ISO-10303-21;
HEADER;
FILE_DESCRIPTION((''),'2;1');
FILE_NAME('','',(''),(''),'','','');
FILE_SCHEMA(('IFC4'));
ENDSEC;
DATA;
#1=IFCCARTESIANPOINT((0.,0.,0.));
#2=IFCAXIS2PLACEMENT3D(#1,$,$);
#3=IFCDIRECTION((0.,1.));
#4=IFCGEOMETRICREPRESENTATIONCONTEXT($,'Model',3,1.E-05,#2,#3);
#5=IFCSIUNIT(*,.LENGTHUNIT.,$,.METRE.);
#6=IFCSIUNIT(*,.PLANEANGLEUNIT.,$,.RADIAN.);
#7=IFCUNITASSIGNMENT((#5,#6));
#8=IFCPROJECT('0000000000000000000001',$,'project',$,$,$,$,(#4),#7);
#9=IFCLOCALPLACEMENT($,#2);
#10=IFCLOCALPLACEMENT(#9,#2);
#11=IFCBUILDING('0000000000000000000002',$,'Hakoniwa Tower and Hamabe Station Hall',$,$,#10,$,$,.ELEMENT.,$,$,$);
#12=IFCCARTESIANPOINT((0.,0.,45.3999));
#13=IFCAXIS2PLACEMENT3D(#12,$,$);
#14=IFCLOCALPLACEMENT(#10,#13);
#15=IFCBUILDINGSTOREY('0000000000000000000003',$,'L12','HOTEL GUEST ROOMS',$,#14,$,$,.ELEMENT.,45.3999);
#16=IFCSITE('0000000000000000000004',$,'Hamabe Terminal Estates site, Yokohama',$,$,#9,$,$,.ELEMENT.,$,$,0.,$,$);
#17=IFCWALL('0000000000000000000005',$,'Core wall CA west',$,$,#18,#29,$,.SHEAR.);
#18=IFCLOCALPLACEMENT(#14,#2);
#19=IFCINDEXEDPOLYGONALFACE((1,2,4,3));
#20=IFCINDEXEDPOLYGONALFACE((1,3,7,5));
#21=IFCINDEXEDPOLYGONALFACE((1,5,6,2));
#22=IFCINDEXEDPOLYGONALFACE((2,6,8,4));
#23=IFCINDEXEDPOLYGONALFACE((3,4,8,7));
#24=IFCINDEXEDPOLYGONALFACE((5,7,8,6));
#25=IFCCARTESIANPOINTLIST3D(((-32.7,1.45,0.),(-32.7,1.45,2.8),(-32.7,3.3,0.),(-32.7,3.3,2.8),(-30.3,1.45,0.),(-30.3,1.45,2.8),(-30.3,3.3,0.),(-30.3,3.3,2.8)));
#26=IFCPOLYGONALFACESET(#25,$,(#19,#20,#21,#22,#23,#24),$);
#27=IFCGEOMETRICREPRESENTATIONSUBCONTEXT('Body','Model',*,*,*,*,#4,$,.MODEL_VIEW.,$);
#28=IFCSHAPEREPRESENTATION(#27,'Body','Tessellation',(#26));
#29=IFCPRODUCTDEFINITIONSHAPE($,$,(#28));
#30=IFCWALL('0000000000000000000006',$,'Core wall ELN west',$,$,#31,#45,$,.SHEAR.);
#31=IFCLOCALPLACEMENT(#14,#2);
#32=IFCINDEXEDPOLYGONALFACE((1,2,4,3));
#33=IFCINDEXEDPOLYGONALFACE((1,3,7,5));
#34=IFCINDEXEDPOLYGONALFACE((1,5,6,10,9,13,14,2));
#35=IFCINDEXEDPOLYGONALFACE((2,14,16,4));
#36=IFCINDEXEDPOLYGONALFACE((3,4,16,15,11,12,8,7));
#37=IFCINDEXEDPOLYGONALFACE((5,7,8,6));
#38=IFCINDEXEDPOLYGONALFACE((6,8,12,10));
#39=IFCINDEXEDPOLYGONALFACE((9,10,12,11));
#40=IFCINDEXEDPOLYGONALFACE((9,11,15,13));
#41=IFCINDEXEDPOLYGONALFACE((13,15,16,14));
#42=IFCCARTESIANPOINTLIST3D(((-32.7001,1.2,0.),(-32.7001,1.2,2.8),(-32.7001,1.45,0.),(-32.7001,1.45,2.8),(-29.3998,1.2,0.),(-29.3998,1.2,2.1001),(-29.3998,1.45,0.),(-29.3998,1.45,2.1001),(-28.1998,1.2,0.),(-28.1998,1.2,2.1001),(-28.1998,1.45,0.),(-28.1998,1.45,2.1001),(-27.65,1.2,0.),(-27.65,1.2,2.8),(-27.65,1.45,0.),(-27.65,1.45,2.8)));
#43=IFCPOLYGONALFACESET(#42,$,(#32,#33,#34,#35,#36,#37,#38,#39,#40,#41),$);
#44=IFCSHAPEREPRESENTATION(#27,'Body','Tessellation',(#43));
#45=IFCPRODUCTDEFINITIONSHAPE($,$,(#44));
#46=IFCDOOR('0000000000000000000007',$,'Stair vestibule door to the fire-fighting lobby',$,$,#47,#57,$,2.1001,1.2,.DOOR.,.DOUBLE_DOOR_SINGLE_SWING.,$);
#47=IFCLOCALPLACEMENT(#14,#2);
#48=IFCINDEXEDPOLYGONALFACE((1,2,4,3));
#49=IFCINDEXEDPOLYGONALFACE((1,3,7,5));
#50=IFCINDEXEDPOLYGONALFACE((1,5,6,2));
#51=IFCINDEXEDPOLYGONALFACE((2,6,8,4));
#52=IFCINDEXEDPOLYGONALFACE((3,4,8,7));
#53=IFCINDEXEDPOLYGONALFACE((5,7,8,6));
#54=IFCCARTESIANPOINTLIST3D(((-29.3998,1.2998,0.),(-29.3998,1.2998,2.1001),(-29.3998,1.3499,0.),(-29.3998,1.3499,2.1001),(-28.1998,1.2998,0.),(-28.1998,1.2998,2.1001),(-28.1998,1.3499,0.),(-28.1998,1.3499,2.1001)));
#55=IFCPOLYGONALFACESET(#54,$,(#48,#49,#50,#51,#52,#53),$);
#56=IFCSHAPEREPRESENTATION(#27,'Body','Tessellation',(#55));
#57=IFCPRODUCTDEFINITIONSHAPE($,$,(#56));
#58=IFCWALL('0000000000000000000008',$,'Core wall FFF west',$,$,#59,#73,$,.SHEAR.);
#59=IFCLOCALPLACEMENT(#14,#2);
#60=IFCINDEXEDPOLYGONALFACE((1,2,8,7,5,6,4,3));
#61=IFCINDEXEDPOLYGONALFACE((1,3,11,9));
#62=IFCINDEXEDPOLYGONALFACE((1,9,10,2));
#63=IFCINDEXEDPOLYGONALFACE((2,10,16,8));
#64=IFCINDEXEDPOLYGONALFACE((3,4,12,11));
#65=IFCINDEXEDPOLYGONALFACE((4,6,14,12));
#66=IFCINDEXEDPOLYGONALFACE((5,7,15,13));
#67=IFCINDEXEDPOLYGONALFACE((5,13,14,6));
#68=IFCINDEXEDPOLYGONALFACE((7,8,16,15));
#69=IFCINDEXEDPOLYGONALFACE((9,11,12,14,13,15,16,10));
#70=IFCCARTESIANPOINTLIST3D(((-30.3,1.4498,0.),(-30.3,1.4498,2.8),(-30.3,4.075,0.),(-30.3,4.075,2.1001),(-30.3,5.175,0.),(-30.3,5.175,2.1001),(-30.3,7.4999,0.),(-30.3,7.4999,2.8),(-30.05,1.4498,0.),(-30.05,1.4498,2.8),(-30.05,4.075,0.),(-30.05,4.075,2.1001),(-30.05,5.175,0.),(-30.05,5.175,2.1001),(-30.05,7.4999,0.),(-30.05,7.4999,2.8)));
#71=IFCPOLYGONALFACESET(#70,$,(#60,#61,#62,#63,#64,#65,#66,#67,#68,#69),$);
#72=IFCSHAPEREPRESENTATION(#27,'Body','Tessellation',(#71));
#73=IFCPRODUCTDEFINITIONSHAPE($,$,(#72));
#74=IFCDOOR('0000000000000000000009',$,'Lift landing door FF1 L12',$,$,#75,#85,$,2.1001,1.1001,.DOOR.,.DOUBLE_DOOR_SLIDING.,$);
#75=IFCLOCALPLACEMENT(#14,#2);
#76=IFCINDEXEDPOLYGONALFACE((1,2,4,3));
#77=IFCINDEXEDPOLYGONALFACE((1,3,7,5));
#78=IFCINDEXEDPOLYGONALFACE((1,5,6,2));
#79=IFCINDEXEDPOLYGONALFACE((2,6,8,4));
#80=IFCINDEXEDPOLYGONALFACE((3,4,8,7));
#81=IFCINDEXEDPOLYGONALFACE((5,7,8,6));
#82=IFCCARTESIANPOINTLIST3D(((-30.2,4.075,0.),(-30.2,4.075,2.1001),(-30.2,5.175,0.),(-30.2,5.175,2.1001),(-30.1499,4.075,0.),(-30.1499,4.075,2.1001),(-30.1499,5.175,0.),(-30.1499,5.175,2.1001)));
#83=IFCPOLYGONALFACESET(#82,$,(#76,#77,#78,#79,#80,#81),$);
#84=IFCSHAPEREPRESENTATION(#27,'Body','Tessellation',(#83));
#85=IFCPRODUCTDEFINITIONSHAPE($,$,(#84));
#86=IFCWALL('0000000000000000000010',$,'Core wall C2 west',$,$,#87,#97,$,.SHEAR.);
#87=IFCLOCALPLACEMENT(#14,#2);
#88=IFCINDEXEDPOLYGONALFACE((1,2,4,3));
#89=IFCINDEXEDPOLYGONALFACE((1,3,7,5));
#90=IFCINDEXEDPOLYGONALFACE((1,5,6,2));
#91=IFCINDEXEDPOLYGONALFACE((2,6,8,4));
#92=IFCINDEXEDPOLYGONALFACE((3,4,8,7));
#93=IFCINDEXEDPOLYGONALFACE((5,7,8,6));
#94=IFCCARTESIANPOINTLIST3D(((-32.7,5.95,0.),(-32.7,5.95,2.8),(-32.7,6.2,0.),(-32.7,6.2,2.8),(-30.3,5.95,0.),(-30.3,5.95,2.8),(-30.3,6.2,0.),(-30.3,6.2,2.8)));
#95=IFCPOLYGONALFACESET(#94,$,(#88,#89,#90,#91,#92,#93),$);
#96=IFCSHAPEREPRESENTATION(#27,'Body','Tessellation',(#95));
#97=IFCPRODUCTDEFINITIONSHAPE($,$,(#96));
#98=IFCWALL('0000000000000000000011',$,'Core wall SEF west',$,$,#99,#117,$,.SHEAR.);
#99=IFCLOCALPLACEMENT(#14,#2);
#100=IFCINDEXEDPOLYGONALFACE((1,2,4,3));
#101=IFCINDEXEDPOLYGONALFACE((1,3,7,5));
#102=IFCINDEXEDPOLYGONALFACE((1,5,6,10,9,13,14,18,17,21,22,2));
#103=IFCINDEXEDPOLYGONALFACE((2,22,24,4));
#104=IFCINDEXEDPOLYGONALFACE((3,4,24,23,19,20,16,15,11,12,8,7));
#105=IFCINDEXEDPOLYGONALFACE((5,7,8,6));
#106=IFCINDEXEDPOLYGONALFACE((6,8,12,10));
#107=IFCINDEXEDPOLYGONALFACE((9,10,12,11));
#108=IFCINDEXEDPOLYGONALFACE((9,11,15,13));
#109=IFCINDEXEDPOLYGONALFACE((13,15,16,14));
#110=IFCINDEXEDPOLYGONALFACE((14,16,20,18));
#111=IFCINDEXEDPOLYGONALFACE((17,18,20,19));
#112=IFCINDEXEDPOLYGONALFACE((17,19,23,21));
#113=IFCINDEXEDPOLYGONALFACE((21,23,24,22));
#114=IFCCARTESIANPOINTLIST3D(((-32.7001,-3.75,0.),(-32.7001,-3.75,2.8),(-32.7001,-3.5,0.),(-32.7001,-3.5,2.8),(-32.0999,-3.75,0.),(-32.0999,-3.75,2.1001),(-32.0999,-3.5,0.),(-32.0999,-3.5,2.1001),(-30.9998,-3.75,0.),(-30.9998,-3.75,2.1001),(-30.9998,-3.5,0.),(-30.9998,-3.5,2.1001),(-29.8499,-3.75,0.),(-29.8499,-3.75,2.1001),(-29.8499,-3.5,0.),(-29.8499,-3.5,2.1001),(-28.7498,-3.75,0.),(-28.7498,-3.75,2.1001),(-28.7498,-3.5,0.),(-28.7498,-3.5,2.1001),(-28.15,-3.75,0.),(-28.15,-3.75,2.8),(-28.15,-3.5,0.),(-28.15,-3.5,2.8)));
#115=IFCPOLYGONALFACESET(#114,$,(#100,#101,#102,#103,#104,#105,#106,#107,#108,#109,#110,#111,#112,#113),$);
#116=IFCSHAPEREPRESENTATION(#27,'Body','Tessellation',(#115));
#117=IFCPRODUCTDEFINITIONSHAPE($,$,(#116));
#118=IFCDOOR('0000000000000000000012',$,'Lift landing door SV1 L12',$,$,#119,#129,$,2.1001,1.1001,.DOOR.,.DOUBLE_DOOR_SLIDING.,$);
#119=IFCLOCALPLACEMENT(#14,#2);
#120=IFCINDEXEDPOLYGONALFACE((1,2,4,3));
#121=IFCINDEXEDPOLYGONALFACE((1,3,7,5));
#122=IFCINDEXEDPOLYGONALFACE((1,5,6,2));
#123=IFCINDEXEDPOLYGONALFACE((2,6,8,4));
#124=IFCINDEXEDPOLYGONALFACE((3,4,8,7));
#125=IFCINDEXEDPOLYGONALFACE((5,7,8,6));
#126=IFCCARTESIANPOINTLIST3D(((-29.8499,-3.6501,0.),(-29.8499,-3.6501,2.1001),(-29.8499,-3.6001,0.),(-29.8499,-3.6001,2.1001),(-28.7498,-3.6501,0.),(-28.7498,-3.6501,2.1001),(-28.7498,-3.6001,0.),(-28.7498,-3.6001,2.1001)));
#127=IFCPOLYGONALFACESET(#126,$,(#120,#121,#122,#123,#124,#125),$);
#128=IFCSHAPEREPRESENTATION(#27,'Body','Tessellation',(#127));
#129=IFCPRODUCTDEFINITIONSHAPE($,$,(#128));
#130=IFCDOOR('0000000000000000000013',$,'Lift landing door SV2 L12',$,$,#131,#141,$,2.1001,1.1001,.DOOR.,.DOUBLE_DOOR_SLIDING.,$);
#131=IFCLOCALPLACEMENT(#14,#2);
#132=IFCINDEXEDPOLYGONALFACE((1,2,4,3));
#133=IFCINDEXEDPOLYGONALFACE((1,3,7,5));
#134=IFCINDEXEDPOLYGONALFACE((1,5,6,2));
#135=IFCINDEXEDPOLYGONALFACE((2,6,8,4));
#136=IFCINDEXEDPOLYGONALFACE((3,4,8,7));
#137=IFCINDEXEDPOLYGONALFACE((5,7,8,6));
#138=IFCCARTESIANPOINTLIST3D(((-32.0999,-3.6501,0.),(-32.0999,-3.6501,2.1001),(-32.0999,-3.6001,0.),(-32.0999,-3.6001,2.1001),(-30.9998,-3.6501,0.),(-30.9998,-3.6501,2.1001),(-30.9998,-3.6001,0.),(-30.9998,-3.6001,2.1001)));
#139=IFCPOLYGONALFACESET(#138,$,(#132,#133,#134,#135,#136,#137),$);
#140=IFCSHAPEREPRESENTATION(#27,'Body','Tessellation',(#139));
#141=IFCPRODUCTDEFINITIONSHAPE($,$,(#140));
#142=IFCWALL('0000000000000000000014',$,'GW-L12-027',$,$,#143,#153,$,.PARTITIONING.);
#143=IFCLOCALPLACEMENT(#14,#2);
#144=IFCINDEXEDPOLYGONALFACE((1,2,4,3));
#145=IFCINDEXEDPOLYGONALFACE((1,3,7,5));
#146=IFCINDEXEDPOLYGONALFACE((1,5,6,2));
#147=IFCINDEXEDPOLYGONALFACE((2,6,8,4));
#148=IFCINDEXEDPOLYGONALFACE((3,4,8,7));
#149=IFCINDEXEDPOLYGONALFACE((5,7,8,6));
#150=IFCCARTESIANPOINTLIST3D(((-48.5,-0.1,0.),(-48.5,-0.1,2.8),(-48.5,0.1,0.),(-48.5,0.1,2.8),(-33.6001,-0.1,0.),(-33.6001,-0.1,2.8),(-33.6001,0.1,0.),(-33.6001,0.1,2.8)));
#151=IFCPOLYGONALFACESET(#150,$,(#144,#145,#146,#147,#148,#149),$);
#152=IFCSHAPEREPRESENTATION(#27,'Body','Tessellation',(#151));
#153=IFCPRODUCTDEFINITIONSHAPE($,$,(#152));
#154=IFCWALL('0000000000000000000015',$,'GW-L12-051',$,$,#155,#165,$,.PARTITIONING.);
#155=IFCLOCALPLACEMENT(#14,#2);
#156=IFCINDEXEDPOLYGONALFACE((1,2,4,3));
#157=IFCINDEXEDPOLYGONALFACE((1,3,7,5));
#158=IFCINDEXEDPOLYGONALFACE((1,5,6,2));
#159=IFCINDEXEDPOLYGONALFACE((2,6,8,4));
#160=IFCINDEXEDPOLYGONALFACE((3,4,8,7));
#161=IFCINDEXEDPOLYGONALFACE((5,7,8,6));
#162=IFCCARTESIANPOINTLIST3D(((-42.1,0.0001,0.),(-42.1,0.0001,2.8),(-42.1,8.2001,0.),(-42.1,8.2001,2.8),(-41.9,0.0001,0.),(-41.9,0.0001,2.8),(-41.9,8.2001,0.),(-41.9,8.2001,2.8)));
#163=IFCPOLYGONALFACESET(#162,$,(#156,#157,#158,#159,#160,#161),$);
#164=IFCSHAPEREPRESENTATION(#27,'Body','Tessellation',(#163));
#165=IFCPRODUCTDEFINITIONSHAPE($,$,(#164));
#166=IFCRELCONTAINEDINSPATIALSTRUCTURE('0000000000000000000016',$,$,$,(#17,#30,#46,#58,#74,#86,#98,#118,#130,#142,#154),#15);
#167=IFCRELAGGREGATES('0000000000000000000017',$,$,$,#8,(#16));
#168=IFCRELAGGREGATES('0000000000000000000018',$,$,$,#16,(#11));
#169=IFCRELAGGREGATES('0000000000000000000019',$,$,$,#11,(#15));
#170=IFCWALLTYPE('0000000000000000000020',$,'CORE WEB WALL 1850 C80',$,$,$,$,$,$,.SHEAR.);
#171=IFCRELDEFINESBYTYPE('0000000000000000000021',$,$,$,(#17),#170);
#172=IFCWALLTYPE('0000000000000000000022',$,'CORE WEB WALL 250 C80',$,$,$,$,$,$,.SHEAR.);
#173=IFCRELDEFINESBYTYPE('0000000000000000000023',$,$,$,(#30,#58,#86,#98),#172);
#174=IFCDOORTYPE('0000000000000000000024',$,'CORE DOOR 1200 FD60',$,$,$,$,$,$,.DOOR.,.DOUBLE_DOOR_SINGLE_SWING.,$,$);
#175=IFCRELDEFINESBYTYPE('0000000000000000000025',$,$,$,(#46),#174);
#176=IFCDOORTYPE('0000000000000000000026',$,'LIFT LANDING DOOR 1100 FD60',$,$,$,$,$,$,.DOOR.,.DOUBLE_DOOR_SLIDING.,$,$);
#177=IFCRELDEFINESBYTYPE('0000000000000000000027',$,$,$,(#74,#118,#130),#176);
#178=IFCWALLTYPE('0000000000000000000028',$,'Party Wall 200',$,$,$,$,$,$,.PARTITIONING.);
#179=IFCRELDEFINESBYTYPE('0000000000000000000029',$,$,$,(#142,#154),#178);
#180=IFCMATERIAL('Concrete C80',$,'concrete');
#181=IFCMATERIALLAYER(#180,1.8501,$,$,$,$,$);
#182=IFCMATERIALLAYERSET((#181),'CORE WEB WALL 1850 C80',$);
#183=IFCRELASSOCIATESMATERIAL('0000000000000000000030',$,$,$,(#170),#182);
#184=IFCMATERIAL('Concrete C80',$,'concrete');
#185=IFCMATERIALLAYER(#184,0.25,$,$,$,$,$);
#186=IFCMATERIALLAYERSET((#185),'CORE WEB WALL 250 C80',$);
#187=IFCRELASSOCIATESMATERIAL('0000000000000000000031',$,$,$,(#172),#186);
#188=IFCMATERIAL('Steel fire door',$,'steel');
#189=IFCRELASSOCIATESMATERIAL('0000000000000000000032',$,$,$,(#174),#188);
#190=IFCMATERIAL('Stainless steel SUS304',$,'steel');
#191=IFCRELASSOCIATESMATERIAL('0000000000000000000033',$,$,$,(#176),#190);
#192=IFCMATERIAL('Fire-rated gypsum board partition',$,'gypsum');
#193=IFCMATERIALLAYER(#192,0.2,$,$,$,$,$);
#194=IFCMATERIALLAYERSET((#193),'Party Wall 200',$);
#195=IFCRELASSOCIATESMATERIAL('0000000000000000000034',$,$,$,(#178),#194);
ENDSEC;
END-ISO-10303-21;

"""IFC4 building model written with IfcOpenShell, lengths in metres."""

from ifc_helpers import new_model, si_unit, direction, frame, frame_2d, origin, place, context, subcontext, project, spatial, rectangle, extrude, material, layer, layer_set, type_object, element, fill, save


model = new_model("IFC4")

# Units and contexts
model_context = context("Model", 3, precision=1e-05, world=origin(), true_north=direction((0.0, 1.0)))
body_context = subcontext(model_context, "Body", "Model", "MODEL_VIEW")
ifc_project = project(units=[si_unit("LENGTHUNIT", "METRE"), si_unit("PLANEANGLEUNIT", "RADIAN")], contexts=[model_context])

# Site, building, storey
site_placement = place(None, origin())
site = spatial("IfcSite", under=ifc_project, at=site_placement, Name="Hamabe Terminal Estates site, Yokohama", CompositionType="ELEMENT", RefElevation=0.0)
building_placement = place(site_placement, origin())
building = spatial("IfcBuilding", under=site, at=building_placement, Name="Hakoniwa Tower and Hamabe Station Hall", CompositionType="ELEMENT")
storey_placement = place(building_placement, frame((0.0, 0.0, 45.3999)))
storey = spatial("IfcBuildingStorey", under=building, at=storey_placement, Name="L12", Description="HOTEL GUEST ROOMS", CompositionType="ELEMENT", Elevation=45.3999)

# Wall
ifc_material_1 = material(Name="Concrete C80", Category="concrete")
ifc_layer_1 = layer(ifc_material_1, 1.8501)
ifc_layer_set_1 = layer_set([ifc_layer_1], Name="CORE WEB WALL 1850 C80")
wall_type_1 = type_object("IfcWallType", Name="CORE WEB WALL 1850 C80", PredefinedType="SHEAR", material=ifc_layer_set_1)
wall_1_placement = place(storey_placement, frame((-32.7, 2.375, 0.0), z_axis=(0.0, 0.0, 1.0), x_axis=(1.0, 0.0, 0.0)))
element("IfcWall", 1, at=wall_1_placement, inside=storey, type_object=wall_type_1, Name="Core wall CA west", PredefinedType="SHEAR", context=body_context, shape_type="SweptSolid", body=[
    extrude(rectangle(XDim=2.3999, YDim=1.8501, at=frame_2d((1.2, 0.0))), origin(), (0.0, 0.0, 1.0), 2.8),
])

# Walls, openings, doors
ifc_material_2 = material(Name="Concrete C80", Category="concrete")
ifc_layer_2 = layer(ifc_material_2, 0.25)
ifc_layer_set_2 = layer_set([ifc_layer_2], Name="CORE WEB WALL 250 C80")
wall_type_2 = type_object("IfcWallType", Name="CORE WEB WALL 250 C80", PredefinedType="SHEAR", material=ifc_layer_set_2)
wall_2_placement = place(storey_placement, frame((-32.7, 1.325, 0.0), z_axis=(0.0, 0.0, 1.0), x_axis=(1.0, 0.0, 0.0)))
wall_2 = element("IfcWall", 2, at=wall_2_placement, inside=storey, type_object=wall_type_2, Name="Core wall ELN west", PredefinedType="SHEAR", context=body_context, shape_type="SweptSolid", body=[
    extrude(rectangle(XDim=5.05, YDim=0.25, at=frame_2d((2.5249, 0.0))), origin(), (0.0, 0.0, 1.0), 2.8),
])
opening_1_placement = place(wall_2_placement, frame((3.3, 0.0, 0.0)))
opening_1 = element("IfcOpeningElement", 3, at=opening_1_placement, cuts=wall_2, PredefinedType="OPENING", context=body_context, shape_type="SweptSolid", body=[
    extrude(rectangle(XDim=1.2, YDim=2.1001, at=frame_2d((0.6001, 1.05))), frame((0.0, 0.135, 0.0), z_axis=(0.0, -1.0, 0.0), x_axis=(1.0, 0.0, 0.0)), (0.0, 0.0, 1.0), 0.27),
])
ifc_material_3 = material(Name="Steel fire door", Category="steel")
door_type_1 = type_object("IfcDoorType", Name="CORE DOOR 1200 FD60", OperationType="DOUBLE_DOOR_SINGLE_SWING", PredefinedType="DOOR", material=ifc_material_3)
door_1_placement = place(opening_1_placement, origin())
door_1 = element("IfcDoor", 4, at=door_1_placement, inside=storey, type_object=door_type_1, Name="Stair vestibule door to the fire-fighting lobby", OperationType="DOUBLE_DOOR_SINGLE_SWING", OverallHeight=2.1001, OverallWidth=1.2, PredefinedType="DOOR", context=body_context, shape_type="SweptSolid", body=[
    extrude(rectangle(XDim=1.2, YDim=2.1001, at=frame_2d((0.6001, 1.05))), frame((0.0, 0.0249, 0.0), z_axis=(0.0, -1.0, 0.0), x_axis=(1.0, 0.0, 0.0)), (0.0, 0.0, 1.0), 0.05),
])
fill(opening_1, door_1)
wall_3_placement = place(storey_placement, frame((-30.175, 1.45, 0.0), z_axis=(0.0, 0.0, 1.0), x_axis=(0.0, 1.0, 0.0)))
wall_3 = element("IfcWall", 5, at=wall_3_placement, inside=storey, type_object=wall_type_2, Name="Core wall FFF west", PredefinedType="SHEAR", context=body_context, shape_type="SweptSolid", body=[
    extrude(rectangle(XDim=6.05, YDim=0.25, at=frame_2d((3.0249, 0.0))), origin(), (0.0, 0.0, 1.0), 2.8),
])
opening_2_placement = place(wall_3_placement, frame((2.625, 0.0, 0.0)))
opening_2 = element("IfcOpeningElement", 6, at=opening_2_placement, cuts=wall_3, PredefinedType="OPENING", context=body_context, shape_type="SweptSolid", body=[
    extrude(rectangle(XDim=1.1001, YDim=2.1001, at=frame_2d((0.55, 1.05))), frame((0.0, 0.135, 0.0), z_axis=(0.0, -1.0, 0.0), x_axis=(1.0, 0.0, 0.0)), (0.0, 0.0, 1.0), 0.27),
])
ifc_material_4 = material(Name="Stainless steel SUS304", Category="steel")
door_type_2 = type_object("IfcDoorType", Name="LIFT LANDING DOOR 1100 FD60", OperationType="DOUBLE_DOOR_SLIDING", PredefinedType="DOOR", material=ifc_material_4)
door_2_placement = place(opening_2_placement, origin())
door_2 = element("IfcDoor", 7, at=door_2_placement, inside=storey, type_object=door_type_2, Name="Lift landing door FF1 L12", OperationType="DOUBLE_DOOR_SLIDING", OverallHeight=2.1001, OverallWidth=1.1001, PredefinedType="DOOR", context=body_context, shape_type="SweptSolid", body=[
    extrude(rectangle(XDim=1.1001, YDim=2.1001, at=frame_2d((0.55, 1.05))), frame((0.0, 0.0249, 0.0), z_axis=(0.0, -1.0, 0.0), x_axis=(1.0, 0.0, 0.0)), (0.0, 0.0, 1.0), 0.05),
])
fill(opening_2, door_2)

# Wall
wall_4_placement = place(storey_placement, frame((-32.7, 6.075, 0.0), z_axis=(0.0, 0.0, 1.0), x_axis=(1.0, 0.0, 0.0)))
element("IfcWall", 8, at=wall_4_placement, inside=storey, type_object=wall_type_2, Name="Core wall C2 west", PredefinedType="SHEAR", context=body_context, shape_type="SweptSolid", body=[
    extrude(rectangle(XDim=2.3999, YDim=0.25, at=frame_2d((1.2, 0.0))), origin(), (0.0, 0.0, 1.0), 2.8),
])

# Wall, openings, doors
wall_5_placement = place(storey_placement, frame((-32.7, -3.625, 0.0), z_axis=(0.0, 0.0, 1.0), x_axis=(1.0, 0.0, 0.0)))
wall_5 = element("IfcWall", 9, at=wall_5_placement, inside=storey, type_object=wall_type_2, Name="Core wall SEF west", PredefinedType="SHEAR", context=body_context, shape_type="SweptSolid", body=[
    extrude(rectangle(XDim=4.55, YDim=0.25, at=frame_2d((2.2749, 0.0))), origin(), (0.0, 0.0, 1.0), 2.8),
])
opening_3_placement = place(wall_5_placement, frame((2.8501, 0.0, 0.0)))
opening_3 = element("IfcOpeningElement", 10, at=opening_3_placement, cuts=wall_5, PredefinedType="OPENING", context=body_context, shape_type="SweptSolid", body=[
    extrude(rectangle(XDim=1.1001, YDim=2.1001, at=frame_2d((0.55, 1.05))), frame((0.0, 0.135, 0.0), z_axis=(0.0, -1.0, 0.0), x_axis=(1.0, 0.0, 0.0)), (0.0, 0.0, 1.0), 0.27),
])
opening_4_placement = place(wall_5_placement, frame((0.6001, 0.0, 0.0)))
opening_4 = element("IfcOpeningElement", 11, at=opening_4_placement, cuts=wall_5, PredefinedType="OPENING", context=body_context, shape_type="SweptSolid", body=[
    extrude(rectangle(XDim=1.1001, YDim=2.1001, at=frame_2d((0.55, 1.05))), frame((0.0, 0.135, 0.0), z_axis=(0.0, -1.0, 0.0), x_axis=(1.0, 0.0, 0.0)), (0.0, 0.0, 1.0), 0.27),
])
door_3_placement = place(opening_3_placement, origin())
door_3 = element("IfcDoor", 12, at=door_3_placement, inside=storey, type_object=door_type_2, Name="Lift landing door SV1 L12", OperationType="DOUBLE_DOOR_SLIDING", OverallHeight=2.1001, OverallWidth=1.1001, PredefinedType="DOOR", context=body_context, shape_type="SweptSolid", body=[
    extrude(rectangle(XDim=1.1001, YDim=2.1001, at=frame_2d((0.55, 1.05))), frame((0.0, 0.0249, 0.0), z_axis=(0.0, -1.0, 0.0), x_axis=(1.0, 0.0, 0.0)), (0.0, 0.0, 1.0), 0.05),
])
fill(opening_3, door_3)
door_4_placement = place(opening_4_placement, origin())
door_4 = element("IfcDoor", 13, at=door_4_placement, inside=storey, type_object=door_type_2, Name="Lift landing door SV2 L12", OperationType="DOUBLE_DOOR_SLIDING", OverallHeight=2.1001, OverallWidth=1.1001, PredefinedType="DOOR", context=body_context, shape_type="SweptSolid", body=[
    extrude(rectangle(XDim=1.1001, YDim=2.1001, at=frame_2d((0.55, 1.05))), frame((0.0, 0.0249, 0.0), z_axis=(0.0, -1.0, 0.0), x_axis=(1.0, 0.0, 0.0)), (0.0, 0.0, 1.0), 0.05),
])
fill(opening_4, door_4)

# Walls
ifc_material_5 = material(Name="Fire-rated gypsum board partition", Category="gypsum")
ifc_layer_3 = layer(ifc_material_5, 0.2)
ifc_layer_set_3 = layer_set([ifc_layer_3], Name="Party Wall 200")
wall_type_3 = type_object("IfcWallType", Name="Party Wall 200", PredefinedType="PARTITIONING", material=ifc_layer_set_3)
wall_6_placement = place(storey_placement, frame((-48.5, 0.0, 0.0), z_axis=(0.0, 0.0, 1.0), x_axis=(1.0, 0.0, 0.0)))
element("IfcWall", 14, at=wall_6_placement, inside=storey, type_object=wall_type_3, Name="GW-L12-027", PredefinedType="PARTITIONING", context=body_context, shape_type="SweptSolid", body=[
    extrude(rectangle(XDim=14.8999, YDim=0.2, at=frame_2d((7.45, 0.0))), origin(), (0.0, 0.0, 1.0), 2.8),
])
wall_7_placement = place(storey_placement, frame((-42.0, 0.0, 0.0), z_axis=(0.0, 0.0, 1.0), x_axis=(0.0, 1.0, 0.0)))
element("IfcWall", 15, at=wall_7_placement, inside=storey, type_object=wall_type_3, Name="GW-L12-051", PredefinedType="PARTITIONING", context=body_context, shape_type="SweptSolid", body=[
    extrude(rectangle(XDim=8.2, YDim=0.2, at=frame_2d((4.1001, 0.0))), origin(), (0.0, 0.0, 1.0), 2.8),
])

save(model, "model.ifc")
